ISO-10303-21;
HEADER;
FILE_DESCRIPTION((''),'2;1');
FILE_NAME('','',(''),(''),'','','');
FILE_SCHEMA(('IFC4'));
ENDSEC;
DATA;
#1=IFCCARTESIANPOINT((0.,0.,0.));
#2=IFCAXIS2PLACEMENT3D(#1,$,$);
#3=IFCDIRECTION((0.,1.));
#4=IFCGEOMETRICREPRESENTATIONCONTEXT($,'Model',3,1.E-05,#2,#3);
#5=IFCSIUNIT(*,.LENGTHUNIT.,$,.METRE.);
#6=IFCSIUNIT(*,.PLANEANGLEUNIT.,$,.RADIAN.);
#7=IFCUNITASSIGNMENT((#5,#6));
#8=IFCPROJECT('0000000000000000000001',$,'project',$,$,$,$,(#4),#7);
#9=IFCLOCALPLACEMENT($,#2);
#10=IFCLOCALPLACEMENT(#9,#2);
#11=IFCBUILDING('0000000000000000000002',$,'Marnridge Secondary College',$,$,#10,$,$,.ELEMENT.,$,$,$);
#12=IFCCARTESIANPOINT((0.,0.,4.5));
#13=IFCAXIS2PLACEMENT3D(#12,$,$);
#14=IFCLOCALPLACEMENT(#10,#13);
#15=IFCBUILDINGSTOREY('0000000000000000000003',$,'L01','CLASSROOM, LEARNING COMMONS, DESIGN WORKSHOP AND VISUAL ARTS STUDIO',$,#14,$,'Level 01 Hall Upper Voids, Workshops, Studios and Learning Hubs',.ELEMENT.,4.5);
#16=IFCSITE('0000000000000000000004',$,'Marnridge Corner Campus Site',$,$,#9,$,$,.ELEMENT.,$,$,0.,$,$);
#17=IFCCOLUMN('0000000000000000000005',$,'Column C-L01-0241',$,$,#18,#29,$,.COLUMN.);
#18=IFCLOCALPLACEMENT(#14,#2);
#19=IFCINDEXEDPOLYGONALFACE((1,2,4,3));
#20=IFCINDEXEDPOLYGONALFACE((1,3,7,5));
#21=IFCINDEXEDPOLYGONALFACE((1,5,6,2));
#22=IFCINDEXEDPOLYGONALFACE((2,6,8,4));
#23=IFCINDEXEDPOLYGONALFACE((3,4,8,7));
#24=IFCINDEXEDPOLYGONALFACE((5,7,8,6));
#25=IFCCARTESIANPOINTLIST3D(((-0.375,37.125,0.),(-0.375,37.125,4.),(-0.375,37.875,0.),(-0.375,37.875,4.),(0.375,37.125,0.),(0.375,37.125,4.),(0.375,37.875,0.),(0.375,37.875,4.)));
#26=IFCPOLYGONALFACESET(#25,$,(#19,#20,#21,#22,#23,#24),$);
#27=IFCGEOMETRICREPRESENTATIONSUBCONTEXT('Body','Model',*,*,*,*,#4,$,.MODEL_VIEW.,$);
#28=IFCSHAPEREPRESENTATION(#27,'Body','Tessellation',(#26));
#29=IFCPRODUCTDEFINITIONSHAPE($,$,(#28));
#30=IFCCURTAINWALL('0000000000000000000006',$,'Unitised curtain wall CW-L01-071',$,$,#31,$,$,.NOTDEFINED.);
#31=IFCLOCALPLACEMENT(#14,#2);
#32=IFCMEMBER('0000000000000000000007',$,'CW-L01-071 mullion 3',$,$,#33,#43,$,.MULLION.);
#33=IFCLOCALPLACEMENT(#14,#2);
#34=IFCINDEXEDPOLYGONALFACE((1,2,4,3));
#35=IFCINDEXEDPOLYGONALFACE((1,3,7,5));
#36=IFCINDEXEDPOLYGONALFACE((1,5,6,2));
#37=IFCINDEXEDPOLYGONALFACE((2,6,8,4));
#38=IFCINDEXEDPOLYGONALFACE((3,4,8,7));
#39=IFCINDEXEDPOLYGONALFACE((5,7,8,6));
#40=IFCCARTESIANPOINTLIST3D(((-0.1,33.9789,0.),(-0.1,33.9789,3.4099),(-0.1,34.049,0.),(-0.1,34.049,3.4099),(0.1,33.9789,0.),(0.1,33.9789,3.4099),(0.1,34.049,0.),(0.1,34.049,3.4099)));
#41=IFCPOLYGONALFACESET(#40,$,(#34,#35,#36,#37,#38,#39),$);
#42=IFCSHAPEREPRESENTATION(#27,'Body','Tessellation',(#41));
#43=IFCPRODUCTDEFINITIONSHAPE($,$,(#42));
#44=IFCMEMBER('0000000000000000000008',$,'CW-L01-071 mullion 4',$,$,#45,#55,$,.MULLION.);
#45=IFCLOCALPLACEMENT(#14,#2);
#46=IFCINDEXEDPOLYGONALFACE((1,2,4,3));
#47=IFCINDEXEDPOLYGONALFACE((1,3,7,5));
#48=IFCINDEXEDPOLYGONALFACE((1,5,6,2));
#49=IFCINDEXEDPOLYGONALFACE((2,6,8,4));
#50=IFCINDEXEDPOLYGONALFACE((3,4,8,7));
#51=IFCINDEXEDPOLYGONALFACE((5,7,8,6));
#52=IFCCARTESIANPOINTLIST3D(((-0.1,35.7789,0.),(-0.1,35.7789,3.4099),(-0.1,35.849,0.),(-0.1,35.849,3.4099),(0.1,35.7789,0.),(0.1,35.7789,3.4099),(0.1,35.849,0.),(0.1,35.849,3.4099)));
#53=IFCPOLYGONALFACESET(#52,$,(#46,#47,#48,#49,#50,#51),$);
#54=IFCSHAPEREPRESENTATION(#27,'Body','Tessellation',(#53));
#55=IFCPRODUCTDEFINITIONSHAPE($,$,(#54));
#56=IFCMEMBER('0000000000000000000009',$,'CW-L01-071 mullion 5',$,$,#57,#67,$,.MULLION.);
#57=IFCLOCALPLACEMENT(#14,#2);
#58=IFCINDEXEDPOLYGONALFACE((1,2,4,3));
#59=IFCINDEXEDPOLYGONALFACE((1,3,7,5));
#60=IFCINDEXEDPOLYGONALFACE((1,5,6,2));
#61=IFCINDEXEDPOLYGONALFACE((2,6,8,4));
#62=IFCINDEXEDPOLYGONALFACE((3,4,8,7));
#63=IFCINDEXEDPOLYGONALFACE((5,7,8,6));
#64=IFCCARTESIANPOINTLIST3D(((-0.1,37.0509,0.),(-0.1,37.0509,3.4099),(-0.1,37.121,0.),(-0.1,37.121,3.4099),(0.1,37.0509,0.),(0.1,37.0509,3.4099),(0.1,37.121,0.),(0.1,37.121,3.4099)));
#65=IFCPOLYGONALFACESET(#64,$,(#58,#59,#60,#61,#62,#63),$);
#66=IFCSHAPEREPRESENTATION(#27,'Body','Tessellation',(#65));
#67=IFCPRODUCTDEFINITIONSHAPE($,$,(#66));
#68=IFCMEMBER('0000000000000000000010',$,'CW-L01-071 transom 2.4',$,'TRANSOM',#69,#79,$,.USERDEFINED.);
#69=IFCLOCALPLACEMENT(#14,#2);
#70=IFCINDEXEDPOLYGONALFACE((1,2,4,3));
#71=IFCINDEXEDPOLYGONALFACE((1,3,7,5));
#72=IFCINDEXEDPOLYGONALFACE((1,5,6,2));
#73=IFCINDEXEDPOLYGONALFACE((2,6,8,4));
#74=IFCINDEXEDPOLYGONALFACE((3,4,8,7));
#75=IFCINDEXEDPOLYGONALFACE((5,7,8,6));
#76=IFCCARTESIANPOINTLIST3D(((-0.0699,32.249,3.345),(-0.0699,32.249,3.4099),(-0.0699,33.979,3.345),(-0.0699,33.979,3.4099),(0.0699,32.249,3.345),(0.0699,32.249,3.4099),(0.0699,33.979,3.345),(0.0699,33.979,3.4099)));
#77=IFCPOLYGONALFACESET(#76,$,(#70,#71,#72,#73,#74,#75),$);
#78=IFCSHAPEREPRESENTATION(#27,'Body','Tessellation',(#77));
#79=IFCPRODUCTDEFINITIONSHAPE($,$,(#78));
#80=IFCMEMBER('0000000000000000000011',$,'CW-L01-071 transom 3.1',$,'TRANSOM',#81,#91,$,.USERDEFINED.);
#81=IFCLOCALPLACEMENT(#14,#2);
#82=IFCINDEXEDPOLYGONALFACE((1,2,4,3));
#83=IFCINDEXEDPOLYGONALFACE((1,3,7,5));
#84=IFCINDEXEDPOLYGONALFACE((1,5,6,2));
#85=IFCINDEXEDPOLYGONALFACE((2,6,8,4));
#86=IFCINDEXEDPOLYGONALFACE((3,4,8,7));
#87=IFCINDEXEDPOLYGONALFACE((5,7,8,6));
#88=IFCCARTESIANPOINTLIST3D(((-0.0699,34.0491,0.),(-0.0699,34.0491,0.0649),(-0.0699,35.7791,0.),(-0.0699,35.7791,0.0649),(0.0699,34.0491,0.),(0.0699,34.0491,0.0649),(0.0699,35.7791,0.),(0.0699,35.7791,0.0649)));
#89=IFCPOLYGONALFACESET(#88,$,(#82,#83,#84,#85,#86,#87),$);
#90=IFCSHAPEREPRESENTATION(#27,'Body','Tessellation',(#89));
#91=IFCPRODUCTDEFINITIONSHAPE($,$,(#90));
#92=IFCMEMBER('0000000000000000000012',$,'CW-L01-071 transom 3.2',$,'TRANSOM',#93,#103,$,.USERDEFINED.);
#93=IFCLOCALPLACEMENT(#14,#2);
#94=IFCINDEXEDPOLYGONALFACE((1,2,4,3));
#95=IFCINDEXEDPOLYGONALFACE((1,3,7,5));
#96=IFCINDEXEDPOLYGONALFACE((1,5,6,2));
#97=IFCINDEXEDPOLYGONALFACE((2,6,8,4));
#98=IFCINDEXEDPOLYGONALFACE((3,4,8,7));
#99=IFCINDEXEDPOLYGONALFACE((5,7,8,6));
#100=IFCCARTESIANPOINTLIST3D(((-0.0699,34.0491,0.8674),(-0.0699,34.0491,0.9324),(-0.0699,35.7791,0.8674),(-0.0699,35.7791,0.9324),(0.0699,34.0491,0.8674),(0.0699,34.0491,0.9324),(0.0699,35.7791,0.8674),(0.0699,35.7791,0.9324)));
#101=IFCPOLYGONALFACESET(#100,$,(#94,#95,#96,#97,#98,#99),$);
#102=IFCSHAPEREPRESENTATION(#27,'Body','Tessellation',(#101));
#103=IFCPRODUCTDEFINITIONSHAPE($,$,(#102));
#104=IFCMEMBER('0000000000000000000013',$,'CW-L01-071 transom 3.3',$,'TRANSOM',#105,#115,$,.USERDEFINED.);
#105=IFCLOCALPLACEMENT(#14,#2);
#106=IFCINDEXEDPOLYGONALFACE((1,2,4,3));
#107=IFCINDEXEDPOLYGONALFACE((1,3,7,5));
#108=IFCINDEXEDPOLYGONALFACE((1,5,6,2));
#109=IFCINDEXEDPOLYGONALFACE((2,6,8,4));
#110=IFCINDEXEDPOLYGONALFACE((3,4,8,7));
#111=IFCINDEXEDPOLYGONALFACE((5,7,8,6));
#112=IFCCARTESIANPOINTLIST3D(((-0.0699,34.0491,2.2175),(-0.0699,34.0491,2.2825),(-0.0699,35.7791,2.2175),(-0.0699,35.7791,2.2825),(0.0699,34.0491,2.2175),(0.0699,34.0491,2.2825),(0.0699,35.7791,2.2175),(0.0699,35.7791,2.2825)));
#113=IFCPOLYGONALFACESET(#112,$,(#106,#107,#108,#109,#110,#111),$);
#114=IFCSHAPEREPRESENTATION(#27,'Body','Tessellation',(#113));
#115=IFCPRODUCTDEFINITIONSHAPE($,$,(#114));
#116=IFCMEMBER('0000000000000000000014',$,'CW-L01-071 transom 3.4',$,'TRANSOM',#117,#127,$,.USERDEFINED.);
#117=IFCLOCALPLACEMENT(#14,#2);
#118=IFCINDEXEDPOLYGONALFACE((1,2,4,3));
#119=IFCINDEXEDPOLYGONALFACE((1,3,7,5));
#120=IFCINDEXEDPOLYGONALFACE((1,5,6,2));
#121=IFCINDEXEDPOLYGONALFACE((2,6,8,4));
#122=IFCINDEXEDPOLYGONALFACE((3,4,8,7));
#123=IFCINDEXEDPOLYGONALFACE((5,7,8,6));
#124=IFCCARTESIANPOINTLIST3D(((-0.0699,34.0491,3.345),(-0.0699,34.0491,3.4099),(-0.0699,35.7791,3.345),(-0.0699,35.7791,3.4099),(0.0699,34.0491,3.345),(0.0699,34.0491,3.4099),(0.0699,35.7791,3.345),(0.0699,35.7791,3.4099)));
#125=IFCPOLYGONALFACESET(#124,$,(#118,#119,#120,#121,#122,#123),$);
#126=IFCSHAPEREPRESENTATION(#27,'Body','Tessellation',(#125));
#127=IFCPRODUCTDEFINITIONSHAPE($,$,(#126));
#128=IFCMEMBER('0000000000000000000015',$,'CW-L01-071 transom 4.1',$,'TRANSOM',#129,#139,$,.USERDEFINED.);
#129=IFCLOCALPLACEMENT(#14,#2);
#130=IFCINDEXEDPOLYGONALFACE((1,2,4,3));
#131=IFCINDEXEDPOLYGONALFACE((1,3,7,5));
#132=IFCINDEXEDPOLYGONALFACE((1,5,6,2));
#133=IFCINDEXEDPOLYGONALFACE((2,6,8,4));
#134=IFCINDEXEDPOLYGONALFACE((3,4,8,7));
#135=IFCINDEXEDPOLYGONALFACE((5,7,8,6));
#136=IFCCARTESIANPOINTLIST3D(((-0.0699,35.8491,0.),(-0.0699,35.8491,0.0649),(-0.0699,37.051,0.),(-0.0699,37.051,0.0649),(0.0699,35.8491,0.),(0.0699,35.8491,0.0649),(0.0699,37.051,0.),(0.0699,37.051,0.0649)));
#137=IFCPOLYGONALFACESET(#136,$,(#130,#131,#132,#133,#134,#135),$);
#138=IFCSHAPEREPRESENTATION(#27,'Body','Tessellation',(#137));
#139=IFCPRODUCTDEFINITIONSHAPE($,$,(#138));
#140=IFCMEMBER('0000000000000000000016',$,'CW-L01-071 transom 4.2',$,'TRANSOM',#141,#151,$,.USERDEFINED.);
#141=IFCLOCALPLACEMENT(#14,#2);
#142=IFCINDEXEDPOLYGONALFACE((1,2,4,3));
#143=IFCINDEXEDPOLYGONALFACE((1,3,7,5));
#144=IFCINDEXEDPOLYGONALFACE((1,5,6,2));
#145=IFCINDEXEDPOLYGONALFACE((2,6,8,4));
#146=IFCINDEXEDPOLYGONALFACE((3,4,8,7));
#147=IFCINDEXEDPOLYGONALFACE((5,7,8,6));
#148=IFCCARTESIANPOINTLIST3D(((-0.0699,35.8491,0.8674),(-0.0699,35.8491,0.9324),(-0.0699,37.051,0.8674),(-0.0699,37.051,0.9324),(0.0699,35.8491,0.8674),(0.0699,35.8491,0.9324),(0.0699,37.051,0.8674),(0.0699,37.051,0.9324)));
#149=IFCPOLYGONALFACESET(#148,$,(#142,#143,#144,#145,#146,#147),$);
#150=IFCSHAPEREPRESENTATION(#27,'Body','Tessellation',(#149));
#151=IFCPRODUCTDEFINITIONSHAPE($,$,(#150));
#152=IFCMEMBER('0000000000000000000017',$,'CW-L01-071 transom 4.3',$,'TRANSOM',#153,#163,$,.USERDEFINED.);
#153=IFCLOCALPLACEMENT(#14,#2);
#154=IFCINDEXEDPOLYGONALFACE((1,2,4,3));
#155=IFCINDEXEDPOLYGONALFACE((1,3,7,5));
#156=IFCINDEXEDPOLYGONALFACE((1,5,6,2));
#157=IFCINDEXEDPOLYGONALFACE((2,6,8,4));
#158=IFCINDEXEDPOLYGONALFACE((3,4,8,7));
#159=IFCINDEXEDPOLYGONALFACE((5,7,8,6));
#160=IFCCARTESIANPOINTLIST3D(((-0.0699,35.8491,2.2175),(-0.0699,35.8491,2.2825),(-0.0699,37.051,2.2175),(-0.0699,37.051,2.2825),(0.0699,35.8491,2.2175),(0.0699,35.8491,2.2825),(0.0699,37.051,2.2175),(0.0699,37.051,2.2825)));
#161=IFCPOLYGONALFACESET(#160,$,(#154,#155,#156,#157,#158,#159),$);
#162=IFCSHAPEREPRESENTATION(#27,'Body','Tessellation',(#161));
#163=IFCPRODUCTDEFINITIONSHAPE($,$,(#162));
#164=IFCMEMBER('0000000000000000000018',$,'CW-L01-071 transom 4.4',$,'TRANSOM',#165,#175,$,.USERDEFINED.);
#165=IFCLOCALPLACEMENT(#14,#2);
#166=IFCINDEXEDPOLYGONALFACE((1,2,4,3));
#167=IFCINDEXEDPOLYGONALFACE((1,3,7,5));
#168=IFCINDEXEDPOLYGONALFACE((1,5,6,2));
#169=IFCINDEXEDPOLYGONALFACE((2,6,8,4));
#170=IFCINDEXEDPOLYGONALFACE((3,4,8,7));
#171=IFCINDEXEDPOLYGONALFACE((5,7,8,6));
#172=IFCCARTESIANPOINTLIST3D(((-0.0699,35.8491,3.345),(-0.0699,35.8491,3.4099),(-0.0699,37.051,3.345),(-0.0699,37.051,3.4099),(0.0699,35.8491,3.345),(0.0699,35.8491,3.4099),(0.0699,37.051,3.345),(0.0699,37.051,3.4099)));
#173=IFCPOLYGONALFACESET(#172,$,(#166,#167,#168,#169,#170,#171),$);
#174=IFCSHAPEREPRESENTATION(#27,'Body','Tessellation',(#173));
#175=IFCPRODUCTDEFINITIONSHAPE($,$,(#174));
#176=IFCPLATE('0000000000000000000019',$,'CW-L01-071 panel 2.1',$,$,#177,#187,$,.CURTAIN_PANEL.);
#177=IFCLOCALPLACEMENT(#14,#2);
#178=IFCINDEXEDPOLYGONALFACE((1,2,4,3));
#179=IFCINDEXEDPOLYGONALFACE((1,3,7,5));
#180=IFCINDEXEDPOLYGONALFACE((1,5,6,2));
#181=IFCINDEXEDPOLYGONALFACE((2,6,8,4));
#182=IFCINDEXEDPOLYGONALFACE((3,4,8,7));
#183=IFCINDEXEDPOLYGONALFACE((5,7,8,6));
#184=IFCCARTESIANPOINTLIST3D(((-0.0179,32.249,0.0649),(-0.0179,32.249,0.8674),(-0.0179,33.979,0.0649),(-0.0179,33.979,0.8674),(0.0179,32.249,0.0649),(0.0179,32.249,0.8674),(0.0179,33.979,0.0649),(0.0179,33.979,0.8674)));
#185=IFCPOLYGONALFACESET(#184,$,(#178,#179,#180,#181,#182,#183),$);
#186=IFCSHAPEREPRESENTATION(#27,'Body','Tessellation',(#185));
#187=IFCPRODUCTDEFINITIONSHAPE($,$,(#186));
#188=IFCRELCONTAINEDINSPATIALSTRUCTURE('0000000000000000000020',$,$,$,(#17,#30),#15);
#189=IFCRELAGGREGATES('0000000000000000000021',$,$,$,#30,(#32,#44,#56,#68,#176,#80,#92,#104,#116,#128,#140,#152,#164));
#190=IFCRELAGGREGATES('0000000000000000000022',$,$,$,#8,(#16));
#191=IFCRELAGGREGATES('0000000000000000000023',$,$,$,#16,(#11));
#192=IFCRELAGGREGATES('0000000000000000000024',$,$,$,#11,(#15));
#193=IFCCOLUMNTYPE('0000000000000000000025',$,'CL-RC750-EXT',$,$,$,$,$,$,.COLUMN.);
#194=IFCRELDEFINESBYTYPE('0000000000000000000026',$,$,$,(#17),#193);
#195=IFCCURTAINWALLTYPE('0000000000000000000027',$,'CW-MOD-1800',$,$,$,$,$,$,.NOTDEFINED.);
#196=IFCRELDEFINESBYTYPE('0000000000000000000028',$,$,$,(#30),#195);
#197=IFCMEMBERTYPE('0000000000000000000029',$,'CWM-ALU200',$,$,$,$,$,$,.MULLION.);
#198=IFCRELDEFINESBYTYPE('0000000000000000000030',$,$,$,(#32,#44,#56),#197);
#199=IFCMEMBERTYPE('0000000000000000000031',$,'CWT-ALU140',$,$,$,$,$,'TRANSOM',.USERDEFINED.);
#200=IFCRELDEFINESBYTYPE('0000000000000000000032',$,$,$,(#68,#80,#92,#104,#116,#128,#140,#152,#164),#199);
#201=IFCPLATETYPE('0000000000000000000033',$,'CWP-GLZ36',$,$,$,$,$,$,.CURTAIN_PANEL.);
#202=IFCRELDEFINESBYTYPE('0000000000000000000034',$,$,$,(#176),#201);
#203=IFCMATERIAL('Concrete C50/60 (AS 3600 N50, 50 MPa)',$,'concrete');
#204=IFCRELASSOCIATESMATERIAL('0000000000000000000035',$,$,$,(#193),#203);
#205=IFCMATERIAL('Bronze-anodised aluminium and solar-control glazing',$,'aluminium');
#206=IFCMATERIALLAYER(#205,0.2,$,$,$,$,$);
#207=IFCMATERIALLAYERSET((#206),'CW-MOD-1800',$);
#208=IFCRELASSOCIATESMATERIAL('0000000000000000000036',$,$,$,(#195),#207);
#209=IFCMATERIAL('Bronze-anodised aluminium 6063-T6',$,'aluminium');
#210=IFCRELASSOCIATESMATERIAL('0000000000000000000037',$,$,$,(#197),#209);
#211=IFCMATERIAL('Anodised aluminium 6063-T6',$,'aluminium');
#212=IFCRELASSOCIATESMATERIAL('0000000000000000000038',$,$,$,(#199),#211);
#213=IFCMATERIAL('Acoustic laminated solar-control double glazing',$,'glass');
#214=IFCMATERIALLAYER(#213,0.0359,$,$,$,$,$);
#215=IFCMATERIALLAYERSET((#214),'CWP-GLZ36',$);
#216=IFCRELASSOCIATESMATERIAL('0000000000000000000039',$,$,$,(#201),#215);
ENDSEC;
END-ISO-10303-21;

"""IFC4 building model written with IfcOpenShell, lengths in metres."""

from ifc_helpers import new_model, si_unit, direction, frame, origin, origin_2d, place, context, subcontext, project, spatial, rectangle, extrude, material, layer, layer_set, material_profile, profile_set, type_object, element, aggregate, save


model = new_model("IFC4")

# Units and contexts
model_context = context("Model", 3, precision=1e-05, world=origin(), true_north=direction((0.0, 1.0)))
body_context = subcontext(model_context, "Body", "Model", "MODEL_VIEW")
ifc_project = project(units=[si_unit("LENGTHUNIT", "METRE"), si_unit("PLANEANGLEUNIT", "RADIAN")], contexts=[model_context])

# Site, building, storey
site_placement = place(None, origin())
site = spatial("IfcSite", under=ifc_project, at=site_placement, Name="Marnridge Corner Campus Site", CompositionType="ELEMENT", RefElevation=0.0)
building_placement = place(site_placement, origin())
building = spatial("IfcBuilding", under=site, at=building_placement, Name="Marnridge Secondary College", CompositionType="ELEMENT")
storey_placement = place(building_placement, frame((0.0, 0.0, 4.5)))
storey = spatial("IfcBuildingStorey", under=building, at=storey_placement, Name="L01", Description="CLASSROOM, LEARNING COMMONS, DESIGN WORKSHOP AND VISUAL ARTS STUDIO", LongName="Level 01 Hall Upper Voids, Workshops, Studios and Learning Hubs", CompositionType="ELEMENT", Elevation=4.5)

# Column
ifc_material_1 = material(Name="Concrete C50/60 (AS 3600 N50, 50 MPa)", Category="concrete")
ifc_material_profile_1 = material_profile(ifc_material_1, rectangle(XDim=0.75, YDim=0.75, at=origin_2d()), Name="RC 750x750")
ifc_profile_set_1 = profile_set([ifc_material_profile_1], Name="Concrete C50/60 (AS 3600 N50, 50 MPa)")
column_type = type_object("IfcColumnType", Name="CL-RC750-EXT", PredefinedType="COLUMN", material=ifc_profile_set_1)
column_placement = place(storey_placement, frame((0.0, 37.5, 0.0), z_axis=(0.0, 0.0, 1.0), x_axis=(1.0, 0.0, 0.0)))
element("IfcColumn", 1, at=column_placement, inside=storey, type_object=column_type, Name="Column C-L01-0241", PredefinedType="COLUMN", context=body_context, shape_type="SweptSolid", body=[
    extrude(rectangle(XDim=0.75, YDim=0.75, at=origin_2d()), origin(), (0.0, 0.0, 1.0), 4.0),
])

# Curtain wall, members, plate
ifc_material_2 = material(Name="Bronze-anodised aluminium and solar-control glazing", Category="aluminium")
ifc_layer_1 = layer(ifc_material_2, 0.2)
ifc_layer_set_1 = layer_set([ifc_layer_1], Name="CW-MOD-1800")
curtain_wall_type = type_object("IfcCurtainWallType", Name="CW-MOD-1800", PredefinedType="NOTDEFINED", material=ifc_layer_set_1)
curtain_wall_placement = place(storey_placement, origin())
curtain_wall = element("IfcCurtainWall", 2, at=curtain_wall_placement, inside=storey, type_object=curtain_wall_type, Name="Unitised curtain wall CW-L01-071", PredefinedType="NOTDEFINED")
ifc_material_3 = material(Name="Bronze-anodised aluminium 6063-T6", Category="aluminium")
ifc_material_profile_2 = material_profile(ifc_material_3, rectangle(XDim=0.0701, YDim=0.2, at=origin_2d()), Name="ALU 70x200")
ifc_profile_set_2 = profile_set([ifc_material_profile_2], Name="Bronze-anodised aluminium 6063-T6")
member_type_1 = type_object("IfcMemberType", Name="CWM-ALU200", PredefinedType="MULLION", material=ifc_profile_set_2)
member_1_placement = place(storey_placement, frame((0.0, 34.0139, 0.0), z_axis=(0.0, 0.0, 1.0), x_axis=(0.0, 1.0, 0.0)))
member_1 = element("IfcMember", 3, at=member_1_placement, type_object=member_type_1, Name="CW-L01-071 mullion 3", PredefinedType="MULLION", context=body_context, shape_type="SweptSolid", body=[
    extrude(rectangle(XDim=0.0701, YDim=0.2, at=origin_2d()), origin(), (0.0, 0.0, 1.0), 3.4099),
])
member_2_placement = place(storey_placement, frame((0.0, 35.814, 0.0), z_axis=(0.0, 0.0, 1.0), x_axis=(0.0, 1.0, 0.0)))
member_2 = element("IfcMember", 4, at=member_2_placement, type_object=member_type_1, Name="CW-L01-071 mullion 4", PredefinedType="MULLION", context=body_context, shape_type="SweptSolid", body=[
    extrude(rectangle(XDim=0.0701, YDim=0.2, at=origin_2d()), origin(), (0.0, 0.0, 1.0), 3.4099),
])
member_3_placement = place(storey_placement, frame((0.0, 37.0859, 0.0), z_axis=(0.0, 0.0, 1.0), x_axis=(0.0, 1.0, 0.0)))
member_3 = element("IfcMember", 5, at=member_3_placement, type_object=member_type_1, Name="CW-L01-071 mullion 5", PredefinedType="MULLION", context=body_context, shape_type="SweptSolid", body=[
    extrude(rectangle(XDim=0.0701, YDim=0.2, at=origin_2d()), origin(), (0.0, 0.0, 1.0), 3.4099),
])
ifc_material_4 = material(Name="Anodised aluminium 6063-T6", Category="aluminium")
ifc_material_profile_3 = material_profile(ifc_material_4, rectangle(XDim=0.0649, YDim=0.1399, at=origin_2d()), Name="ALU 65x140")
ifc_profile_set_3 = profile_set([ifc_material_profile_3], Name="Anodised aluminium 6063-T6")
member_type_2 = type_object("IfcMemberType", Name="CWT-ALU140", ElementType="TRANSOM", PredefinedType="USERDEFINED", material=ifc_profile_set_3)
member_4_placement = place(storey_placement, frame((0.0, 32.249, 3.3774), z_axis=(0.0, 1.0, 0.0), x_axis=(0.0, 0.0, 1.0)))
member_4 = element("IfcMember", 6, at=member_4_placement, type_object=member_type_2, Name="CW-L01-071 transom 2.4", ObjectType="TRANSOM", PredefinedType="USERDEFINED", context=body_context, shape_type="SweptSolid", body=[
    extrude(rectangle(XDim=0.0649, YDim=0.1399, at=origin_2d()), origin(), (0.0, 0.0, 1.0), 1.73),
])
member_5_placement = place(storey_placement, frame((0.0, 34.0491, 0.0325), z_axis=(0.0, 1.0, 0.0), x_axis=(0.0, 0.0, 1.0)))
member_5 = element("IfcMember", 7, at=member_5_placement, type_object=member_type_2, Name="CW-L01-071 transom 3.1", ObjectType="TRANSOM", PredefinedType="USERDEFINED", context=body_context, shape_type="SweptSolid", body=[
    extrude(rectangle(XDim=0.0649, YDim=0.1399, at=origin_2d()), origin(), (0.0, 0.0, 1.0), 1.73),
])
member_6_placement = place(storey_placement, frame((0.0, 34.0491, 0.8999), z_axis=(0.0, 1.0, 0.0), x_axis=(0.0, 0.0, 1.0)))
member_6 = element("IfcMember", 8, at=member_6_placement, type_object=member_type_2, Name="CW-L01-071 transom 3.2", ObjectType="TRANSOM", PredefinedType="USERDEFINED", context=body_context, shape_type="SweptSolid", body=[
    extrude(rectangle(XDim=0.0649, YDim=0.1399, at=origin_2d()), origin(), (0.0, 0.0, 1.0), 1.73),
])
member_7_placement = place(storey_placement, frame((0.0, 34.0491, 2.25), z_axis=(0.0, 1.0, 0.0), x_axis=(0.0, 0.0, 1.0)))
member_7 = element("IfcMember", 9, at=member_7_placement, type_object=member_type_2, Name="CW-L01-071 transom 3.3", ObjectType="TRANSOM", PredefinedType="USERDEFINED", context=body_context, shape_type="SweptSolid", body=[
    extrude(rectangle(XDim=0.0649, YDim=0.1399, at=origin_2d()), origin(), (0.0, 0.0, 1.0), 1.73),
])
member_8_placement = place(storey_placement, frame((0.0, 34.0491, 3.3774), z_axis=(0.0, 1.0, 0.0), x_axis=(0.0, 0.0, 1.0)))
member_8 = element("IfcMember", 10, at=member_8_placement, type_object=member_type_2, Name="CW-L01-071 transom 3.4", ObjectType="TRANSOM", PredefinedType="USERDEFINED", context=body_context, shape_type="SweptSolid", body=[
    extrude(rectangle(XDim=0.0649, YDim=0.1399, at=origin_2d()), origin(), (0.0, 0.0, 1.0), 1.73),
])
member_9_placement = place(storey_placement, frame((0.0, 35.8491, 0.0325), z_axis=(0.0, 1.0, 0.0), x_axis=(0.0, 0.0, 1.0)))
member_9 = element("IfcMember", 11, at=member_9_placement, type_object=member_type_2, Name="CW-L01-071 transom 4.1", ObjectType="TRANSOM", PredefinedType="USERDEFINED", context=body_context, shape_type="SweptSolid", body=[
    extrude(rectangle(XDim=0.0649, YDim=0.1399, at=origin_2d()), origin(), (0.0, 0.0, 1.0), 1.2019),
])
member_10_placement = place(storey_placement, frame((0.0, 35.8491, 0.8999), z_axis=(0.0, 1.0, 0.0), x_axis=(0.0, 0.0, 1.0)))
member_10 = element("IfcMember", 12, at=member_10_placement, type_object=member_type_2, Name="CW-L01-071 transom 4.2", ObjectType="TRANSOM", PredefinedType="USERDEFINED", context=body_context, shape_type="SweptSolid", body=[
    extrude(rectangle(XDim=0.0649, YDim=0.1399, at=origin_2d()), origin(), (0.0, 0.0, 1.0), 1.2019),
])
member_11_placement = place(storey_placement, frame((0.0, 35.8491, 2.25), z_axis=(0.0, 1.0, 0.0), x_axis=(0.0, 0.0, 1.0)))
member_11 = element("IfcMember", 13, at=member_11_placement, type_object=member_type_2, Name="CW-L01-071 transom 4.3", ObjectType="TRANSOM", PredefinedType="USERDEFINED", context=body_context, shape_type="SweptSolid", body=[
    extrude(rectangle(XDim=0.0649, YDim=0.1399, at=origin_2d()), origin(), (0.0, 0.0, 1.0), 1.2019),
])
member_12_placement = place(storey_placement, frame((0.0, 35.8491, 3.3774), z_axis=(0.0, 1.0, 0.0), x_axis=(0.0, 0.0, 1.0)))
member_12 = element("IfcMember", 14, at=member_12_placement, type_object=member_type_2, Name="CW-L01-071 transom 4.4", ObjectType="TRANSOM", PredefinedType="USERDEFINED", context=body_context, shape_type="SweptSolid", body=[
    extrude(rectangle(XDim=0.0649, YDim=0.1399, at=origin_2d()), origin(), (0.0, 0.0, 1.0), 1.2019),
])
ifc_material_5 = material(Name="Acoustic laminated solar-control double glazing", Category="glass")
ifc_layer_2 = layer(ifc_material_5, 0.0359)
ifc_layer_set_2 = layer_set([ifc_layer_2], Name="CWP-GLZ36")
plate_type = type_object("IfcPlateType", Name="CWP-GLZ36", PredefinedType="CURTAIN_PANEL", material=ifc_layer_set_2)
plate_1_placement = place(storey_placement, frame((0.0, 33.114, 0.0649), z_axis=(0.0, 0.0, 1.0), x_axis=(0.0, 1.0, 0.0)))
plate_1 = element("IfcPlate", 15, at=plate_1_placement, type_object=plate_type, Name="CW-L01-071 panel 2.1", PredefinedType="CURTAIN_PANEL", context=body_context, shape_type="SweptSolid", body=[
    extrude(rectangle(XDim=1.73, YDim=0.0359, at=origin_2d()), origin(), (0.0, 0.0, 1.0), 0.8025),
])
aggregate(curtain_wall, [member_1, member_2, member_3, member_4, plate_1, member_5, member_6, member_7, member_8, member_9, member_10, member_11, member_12])

save(model, "model.ifc")
